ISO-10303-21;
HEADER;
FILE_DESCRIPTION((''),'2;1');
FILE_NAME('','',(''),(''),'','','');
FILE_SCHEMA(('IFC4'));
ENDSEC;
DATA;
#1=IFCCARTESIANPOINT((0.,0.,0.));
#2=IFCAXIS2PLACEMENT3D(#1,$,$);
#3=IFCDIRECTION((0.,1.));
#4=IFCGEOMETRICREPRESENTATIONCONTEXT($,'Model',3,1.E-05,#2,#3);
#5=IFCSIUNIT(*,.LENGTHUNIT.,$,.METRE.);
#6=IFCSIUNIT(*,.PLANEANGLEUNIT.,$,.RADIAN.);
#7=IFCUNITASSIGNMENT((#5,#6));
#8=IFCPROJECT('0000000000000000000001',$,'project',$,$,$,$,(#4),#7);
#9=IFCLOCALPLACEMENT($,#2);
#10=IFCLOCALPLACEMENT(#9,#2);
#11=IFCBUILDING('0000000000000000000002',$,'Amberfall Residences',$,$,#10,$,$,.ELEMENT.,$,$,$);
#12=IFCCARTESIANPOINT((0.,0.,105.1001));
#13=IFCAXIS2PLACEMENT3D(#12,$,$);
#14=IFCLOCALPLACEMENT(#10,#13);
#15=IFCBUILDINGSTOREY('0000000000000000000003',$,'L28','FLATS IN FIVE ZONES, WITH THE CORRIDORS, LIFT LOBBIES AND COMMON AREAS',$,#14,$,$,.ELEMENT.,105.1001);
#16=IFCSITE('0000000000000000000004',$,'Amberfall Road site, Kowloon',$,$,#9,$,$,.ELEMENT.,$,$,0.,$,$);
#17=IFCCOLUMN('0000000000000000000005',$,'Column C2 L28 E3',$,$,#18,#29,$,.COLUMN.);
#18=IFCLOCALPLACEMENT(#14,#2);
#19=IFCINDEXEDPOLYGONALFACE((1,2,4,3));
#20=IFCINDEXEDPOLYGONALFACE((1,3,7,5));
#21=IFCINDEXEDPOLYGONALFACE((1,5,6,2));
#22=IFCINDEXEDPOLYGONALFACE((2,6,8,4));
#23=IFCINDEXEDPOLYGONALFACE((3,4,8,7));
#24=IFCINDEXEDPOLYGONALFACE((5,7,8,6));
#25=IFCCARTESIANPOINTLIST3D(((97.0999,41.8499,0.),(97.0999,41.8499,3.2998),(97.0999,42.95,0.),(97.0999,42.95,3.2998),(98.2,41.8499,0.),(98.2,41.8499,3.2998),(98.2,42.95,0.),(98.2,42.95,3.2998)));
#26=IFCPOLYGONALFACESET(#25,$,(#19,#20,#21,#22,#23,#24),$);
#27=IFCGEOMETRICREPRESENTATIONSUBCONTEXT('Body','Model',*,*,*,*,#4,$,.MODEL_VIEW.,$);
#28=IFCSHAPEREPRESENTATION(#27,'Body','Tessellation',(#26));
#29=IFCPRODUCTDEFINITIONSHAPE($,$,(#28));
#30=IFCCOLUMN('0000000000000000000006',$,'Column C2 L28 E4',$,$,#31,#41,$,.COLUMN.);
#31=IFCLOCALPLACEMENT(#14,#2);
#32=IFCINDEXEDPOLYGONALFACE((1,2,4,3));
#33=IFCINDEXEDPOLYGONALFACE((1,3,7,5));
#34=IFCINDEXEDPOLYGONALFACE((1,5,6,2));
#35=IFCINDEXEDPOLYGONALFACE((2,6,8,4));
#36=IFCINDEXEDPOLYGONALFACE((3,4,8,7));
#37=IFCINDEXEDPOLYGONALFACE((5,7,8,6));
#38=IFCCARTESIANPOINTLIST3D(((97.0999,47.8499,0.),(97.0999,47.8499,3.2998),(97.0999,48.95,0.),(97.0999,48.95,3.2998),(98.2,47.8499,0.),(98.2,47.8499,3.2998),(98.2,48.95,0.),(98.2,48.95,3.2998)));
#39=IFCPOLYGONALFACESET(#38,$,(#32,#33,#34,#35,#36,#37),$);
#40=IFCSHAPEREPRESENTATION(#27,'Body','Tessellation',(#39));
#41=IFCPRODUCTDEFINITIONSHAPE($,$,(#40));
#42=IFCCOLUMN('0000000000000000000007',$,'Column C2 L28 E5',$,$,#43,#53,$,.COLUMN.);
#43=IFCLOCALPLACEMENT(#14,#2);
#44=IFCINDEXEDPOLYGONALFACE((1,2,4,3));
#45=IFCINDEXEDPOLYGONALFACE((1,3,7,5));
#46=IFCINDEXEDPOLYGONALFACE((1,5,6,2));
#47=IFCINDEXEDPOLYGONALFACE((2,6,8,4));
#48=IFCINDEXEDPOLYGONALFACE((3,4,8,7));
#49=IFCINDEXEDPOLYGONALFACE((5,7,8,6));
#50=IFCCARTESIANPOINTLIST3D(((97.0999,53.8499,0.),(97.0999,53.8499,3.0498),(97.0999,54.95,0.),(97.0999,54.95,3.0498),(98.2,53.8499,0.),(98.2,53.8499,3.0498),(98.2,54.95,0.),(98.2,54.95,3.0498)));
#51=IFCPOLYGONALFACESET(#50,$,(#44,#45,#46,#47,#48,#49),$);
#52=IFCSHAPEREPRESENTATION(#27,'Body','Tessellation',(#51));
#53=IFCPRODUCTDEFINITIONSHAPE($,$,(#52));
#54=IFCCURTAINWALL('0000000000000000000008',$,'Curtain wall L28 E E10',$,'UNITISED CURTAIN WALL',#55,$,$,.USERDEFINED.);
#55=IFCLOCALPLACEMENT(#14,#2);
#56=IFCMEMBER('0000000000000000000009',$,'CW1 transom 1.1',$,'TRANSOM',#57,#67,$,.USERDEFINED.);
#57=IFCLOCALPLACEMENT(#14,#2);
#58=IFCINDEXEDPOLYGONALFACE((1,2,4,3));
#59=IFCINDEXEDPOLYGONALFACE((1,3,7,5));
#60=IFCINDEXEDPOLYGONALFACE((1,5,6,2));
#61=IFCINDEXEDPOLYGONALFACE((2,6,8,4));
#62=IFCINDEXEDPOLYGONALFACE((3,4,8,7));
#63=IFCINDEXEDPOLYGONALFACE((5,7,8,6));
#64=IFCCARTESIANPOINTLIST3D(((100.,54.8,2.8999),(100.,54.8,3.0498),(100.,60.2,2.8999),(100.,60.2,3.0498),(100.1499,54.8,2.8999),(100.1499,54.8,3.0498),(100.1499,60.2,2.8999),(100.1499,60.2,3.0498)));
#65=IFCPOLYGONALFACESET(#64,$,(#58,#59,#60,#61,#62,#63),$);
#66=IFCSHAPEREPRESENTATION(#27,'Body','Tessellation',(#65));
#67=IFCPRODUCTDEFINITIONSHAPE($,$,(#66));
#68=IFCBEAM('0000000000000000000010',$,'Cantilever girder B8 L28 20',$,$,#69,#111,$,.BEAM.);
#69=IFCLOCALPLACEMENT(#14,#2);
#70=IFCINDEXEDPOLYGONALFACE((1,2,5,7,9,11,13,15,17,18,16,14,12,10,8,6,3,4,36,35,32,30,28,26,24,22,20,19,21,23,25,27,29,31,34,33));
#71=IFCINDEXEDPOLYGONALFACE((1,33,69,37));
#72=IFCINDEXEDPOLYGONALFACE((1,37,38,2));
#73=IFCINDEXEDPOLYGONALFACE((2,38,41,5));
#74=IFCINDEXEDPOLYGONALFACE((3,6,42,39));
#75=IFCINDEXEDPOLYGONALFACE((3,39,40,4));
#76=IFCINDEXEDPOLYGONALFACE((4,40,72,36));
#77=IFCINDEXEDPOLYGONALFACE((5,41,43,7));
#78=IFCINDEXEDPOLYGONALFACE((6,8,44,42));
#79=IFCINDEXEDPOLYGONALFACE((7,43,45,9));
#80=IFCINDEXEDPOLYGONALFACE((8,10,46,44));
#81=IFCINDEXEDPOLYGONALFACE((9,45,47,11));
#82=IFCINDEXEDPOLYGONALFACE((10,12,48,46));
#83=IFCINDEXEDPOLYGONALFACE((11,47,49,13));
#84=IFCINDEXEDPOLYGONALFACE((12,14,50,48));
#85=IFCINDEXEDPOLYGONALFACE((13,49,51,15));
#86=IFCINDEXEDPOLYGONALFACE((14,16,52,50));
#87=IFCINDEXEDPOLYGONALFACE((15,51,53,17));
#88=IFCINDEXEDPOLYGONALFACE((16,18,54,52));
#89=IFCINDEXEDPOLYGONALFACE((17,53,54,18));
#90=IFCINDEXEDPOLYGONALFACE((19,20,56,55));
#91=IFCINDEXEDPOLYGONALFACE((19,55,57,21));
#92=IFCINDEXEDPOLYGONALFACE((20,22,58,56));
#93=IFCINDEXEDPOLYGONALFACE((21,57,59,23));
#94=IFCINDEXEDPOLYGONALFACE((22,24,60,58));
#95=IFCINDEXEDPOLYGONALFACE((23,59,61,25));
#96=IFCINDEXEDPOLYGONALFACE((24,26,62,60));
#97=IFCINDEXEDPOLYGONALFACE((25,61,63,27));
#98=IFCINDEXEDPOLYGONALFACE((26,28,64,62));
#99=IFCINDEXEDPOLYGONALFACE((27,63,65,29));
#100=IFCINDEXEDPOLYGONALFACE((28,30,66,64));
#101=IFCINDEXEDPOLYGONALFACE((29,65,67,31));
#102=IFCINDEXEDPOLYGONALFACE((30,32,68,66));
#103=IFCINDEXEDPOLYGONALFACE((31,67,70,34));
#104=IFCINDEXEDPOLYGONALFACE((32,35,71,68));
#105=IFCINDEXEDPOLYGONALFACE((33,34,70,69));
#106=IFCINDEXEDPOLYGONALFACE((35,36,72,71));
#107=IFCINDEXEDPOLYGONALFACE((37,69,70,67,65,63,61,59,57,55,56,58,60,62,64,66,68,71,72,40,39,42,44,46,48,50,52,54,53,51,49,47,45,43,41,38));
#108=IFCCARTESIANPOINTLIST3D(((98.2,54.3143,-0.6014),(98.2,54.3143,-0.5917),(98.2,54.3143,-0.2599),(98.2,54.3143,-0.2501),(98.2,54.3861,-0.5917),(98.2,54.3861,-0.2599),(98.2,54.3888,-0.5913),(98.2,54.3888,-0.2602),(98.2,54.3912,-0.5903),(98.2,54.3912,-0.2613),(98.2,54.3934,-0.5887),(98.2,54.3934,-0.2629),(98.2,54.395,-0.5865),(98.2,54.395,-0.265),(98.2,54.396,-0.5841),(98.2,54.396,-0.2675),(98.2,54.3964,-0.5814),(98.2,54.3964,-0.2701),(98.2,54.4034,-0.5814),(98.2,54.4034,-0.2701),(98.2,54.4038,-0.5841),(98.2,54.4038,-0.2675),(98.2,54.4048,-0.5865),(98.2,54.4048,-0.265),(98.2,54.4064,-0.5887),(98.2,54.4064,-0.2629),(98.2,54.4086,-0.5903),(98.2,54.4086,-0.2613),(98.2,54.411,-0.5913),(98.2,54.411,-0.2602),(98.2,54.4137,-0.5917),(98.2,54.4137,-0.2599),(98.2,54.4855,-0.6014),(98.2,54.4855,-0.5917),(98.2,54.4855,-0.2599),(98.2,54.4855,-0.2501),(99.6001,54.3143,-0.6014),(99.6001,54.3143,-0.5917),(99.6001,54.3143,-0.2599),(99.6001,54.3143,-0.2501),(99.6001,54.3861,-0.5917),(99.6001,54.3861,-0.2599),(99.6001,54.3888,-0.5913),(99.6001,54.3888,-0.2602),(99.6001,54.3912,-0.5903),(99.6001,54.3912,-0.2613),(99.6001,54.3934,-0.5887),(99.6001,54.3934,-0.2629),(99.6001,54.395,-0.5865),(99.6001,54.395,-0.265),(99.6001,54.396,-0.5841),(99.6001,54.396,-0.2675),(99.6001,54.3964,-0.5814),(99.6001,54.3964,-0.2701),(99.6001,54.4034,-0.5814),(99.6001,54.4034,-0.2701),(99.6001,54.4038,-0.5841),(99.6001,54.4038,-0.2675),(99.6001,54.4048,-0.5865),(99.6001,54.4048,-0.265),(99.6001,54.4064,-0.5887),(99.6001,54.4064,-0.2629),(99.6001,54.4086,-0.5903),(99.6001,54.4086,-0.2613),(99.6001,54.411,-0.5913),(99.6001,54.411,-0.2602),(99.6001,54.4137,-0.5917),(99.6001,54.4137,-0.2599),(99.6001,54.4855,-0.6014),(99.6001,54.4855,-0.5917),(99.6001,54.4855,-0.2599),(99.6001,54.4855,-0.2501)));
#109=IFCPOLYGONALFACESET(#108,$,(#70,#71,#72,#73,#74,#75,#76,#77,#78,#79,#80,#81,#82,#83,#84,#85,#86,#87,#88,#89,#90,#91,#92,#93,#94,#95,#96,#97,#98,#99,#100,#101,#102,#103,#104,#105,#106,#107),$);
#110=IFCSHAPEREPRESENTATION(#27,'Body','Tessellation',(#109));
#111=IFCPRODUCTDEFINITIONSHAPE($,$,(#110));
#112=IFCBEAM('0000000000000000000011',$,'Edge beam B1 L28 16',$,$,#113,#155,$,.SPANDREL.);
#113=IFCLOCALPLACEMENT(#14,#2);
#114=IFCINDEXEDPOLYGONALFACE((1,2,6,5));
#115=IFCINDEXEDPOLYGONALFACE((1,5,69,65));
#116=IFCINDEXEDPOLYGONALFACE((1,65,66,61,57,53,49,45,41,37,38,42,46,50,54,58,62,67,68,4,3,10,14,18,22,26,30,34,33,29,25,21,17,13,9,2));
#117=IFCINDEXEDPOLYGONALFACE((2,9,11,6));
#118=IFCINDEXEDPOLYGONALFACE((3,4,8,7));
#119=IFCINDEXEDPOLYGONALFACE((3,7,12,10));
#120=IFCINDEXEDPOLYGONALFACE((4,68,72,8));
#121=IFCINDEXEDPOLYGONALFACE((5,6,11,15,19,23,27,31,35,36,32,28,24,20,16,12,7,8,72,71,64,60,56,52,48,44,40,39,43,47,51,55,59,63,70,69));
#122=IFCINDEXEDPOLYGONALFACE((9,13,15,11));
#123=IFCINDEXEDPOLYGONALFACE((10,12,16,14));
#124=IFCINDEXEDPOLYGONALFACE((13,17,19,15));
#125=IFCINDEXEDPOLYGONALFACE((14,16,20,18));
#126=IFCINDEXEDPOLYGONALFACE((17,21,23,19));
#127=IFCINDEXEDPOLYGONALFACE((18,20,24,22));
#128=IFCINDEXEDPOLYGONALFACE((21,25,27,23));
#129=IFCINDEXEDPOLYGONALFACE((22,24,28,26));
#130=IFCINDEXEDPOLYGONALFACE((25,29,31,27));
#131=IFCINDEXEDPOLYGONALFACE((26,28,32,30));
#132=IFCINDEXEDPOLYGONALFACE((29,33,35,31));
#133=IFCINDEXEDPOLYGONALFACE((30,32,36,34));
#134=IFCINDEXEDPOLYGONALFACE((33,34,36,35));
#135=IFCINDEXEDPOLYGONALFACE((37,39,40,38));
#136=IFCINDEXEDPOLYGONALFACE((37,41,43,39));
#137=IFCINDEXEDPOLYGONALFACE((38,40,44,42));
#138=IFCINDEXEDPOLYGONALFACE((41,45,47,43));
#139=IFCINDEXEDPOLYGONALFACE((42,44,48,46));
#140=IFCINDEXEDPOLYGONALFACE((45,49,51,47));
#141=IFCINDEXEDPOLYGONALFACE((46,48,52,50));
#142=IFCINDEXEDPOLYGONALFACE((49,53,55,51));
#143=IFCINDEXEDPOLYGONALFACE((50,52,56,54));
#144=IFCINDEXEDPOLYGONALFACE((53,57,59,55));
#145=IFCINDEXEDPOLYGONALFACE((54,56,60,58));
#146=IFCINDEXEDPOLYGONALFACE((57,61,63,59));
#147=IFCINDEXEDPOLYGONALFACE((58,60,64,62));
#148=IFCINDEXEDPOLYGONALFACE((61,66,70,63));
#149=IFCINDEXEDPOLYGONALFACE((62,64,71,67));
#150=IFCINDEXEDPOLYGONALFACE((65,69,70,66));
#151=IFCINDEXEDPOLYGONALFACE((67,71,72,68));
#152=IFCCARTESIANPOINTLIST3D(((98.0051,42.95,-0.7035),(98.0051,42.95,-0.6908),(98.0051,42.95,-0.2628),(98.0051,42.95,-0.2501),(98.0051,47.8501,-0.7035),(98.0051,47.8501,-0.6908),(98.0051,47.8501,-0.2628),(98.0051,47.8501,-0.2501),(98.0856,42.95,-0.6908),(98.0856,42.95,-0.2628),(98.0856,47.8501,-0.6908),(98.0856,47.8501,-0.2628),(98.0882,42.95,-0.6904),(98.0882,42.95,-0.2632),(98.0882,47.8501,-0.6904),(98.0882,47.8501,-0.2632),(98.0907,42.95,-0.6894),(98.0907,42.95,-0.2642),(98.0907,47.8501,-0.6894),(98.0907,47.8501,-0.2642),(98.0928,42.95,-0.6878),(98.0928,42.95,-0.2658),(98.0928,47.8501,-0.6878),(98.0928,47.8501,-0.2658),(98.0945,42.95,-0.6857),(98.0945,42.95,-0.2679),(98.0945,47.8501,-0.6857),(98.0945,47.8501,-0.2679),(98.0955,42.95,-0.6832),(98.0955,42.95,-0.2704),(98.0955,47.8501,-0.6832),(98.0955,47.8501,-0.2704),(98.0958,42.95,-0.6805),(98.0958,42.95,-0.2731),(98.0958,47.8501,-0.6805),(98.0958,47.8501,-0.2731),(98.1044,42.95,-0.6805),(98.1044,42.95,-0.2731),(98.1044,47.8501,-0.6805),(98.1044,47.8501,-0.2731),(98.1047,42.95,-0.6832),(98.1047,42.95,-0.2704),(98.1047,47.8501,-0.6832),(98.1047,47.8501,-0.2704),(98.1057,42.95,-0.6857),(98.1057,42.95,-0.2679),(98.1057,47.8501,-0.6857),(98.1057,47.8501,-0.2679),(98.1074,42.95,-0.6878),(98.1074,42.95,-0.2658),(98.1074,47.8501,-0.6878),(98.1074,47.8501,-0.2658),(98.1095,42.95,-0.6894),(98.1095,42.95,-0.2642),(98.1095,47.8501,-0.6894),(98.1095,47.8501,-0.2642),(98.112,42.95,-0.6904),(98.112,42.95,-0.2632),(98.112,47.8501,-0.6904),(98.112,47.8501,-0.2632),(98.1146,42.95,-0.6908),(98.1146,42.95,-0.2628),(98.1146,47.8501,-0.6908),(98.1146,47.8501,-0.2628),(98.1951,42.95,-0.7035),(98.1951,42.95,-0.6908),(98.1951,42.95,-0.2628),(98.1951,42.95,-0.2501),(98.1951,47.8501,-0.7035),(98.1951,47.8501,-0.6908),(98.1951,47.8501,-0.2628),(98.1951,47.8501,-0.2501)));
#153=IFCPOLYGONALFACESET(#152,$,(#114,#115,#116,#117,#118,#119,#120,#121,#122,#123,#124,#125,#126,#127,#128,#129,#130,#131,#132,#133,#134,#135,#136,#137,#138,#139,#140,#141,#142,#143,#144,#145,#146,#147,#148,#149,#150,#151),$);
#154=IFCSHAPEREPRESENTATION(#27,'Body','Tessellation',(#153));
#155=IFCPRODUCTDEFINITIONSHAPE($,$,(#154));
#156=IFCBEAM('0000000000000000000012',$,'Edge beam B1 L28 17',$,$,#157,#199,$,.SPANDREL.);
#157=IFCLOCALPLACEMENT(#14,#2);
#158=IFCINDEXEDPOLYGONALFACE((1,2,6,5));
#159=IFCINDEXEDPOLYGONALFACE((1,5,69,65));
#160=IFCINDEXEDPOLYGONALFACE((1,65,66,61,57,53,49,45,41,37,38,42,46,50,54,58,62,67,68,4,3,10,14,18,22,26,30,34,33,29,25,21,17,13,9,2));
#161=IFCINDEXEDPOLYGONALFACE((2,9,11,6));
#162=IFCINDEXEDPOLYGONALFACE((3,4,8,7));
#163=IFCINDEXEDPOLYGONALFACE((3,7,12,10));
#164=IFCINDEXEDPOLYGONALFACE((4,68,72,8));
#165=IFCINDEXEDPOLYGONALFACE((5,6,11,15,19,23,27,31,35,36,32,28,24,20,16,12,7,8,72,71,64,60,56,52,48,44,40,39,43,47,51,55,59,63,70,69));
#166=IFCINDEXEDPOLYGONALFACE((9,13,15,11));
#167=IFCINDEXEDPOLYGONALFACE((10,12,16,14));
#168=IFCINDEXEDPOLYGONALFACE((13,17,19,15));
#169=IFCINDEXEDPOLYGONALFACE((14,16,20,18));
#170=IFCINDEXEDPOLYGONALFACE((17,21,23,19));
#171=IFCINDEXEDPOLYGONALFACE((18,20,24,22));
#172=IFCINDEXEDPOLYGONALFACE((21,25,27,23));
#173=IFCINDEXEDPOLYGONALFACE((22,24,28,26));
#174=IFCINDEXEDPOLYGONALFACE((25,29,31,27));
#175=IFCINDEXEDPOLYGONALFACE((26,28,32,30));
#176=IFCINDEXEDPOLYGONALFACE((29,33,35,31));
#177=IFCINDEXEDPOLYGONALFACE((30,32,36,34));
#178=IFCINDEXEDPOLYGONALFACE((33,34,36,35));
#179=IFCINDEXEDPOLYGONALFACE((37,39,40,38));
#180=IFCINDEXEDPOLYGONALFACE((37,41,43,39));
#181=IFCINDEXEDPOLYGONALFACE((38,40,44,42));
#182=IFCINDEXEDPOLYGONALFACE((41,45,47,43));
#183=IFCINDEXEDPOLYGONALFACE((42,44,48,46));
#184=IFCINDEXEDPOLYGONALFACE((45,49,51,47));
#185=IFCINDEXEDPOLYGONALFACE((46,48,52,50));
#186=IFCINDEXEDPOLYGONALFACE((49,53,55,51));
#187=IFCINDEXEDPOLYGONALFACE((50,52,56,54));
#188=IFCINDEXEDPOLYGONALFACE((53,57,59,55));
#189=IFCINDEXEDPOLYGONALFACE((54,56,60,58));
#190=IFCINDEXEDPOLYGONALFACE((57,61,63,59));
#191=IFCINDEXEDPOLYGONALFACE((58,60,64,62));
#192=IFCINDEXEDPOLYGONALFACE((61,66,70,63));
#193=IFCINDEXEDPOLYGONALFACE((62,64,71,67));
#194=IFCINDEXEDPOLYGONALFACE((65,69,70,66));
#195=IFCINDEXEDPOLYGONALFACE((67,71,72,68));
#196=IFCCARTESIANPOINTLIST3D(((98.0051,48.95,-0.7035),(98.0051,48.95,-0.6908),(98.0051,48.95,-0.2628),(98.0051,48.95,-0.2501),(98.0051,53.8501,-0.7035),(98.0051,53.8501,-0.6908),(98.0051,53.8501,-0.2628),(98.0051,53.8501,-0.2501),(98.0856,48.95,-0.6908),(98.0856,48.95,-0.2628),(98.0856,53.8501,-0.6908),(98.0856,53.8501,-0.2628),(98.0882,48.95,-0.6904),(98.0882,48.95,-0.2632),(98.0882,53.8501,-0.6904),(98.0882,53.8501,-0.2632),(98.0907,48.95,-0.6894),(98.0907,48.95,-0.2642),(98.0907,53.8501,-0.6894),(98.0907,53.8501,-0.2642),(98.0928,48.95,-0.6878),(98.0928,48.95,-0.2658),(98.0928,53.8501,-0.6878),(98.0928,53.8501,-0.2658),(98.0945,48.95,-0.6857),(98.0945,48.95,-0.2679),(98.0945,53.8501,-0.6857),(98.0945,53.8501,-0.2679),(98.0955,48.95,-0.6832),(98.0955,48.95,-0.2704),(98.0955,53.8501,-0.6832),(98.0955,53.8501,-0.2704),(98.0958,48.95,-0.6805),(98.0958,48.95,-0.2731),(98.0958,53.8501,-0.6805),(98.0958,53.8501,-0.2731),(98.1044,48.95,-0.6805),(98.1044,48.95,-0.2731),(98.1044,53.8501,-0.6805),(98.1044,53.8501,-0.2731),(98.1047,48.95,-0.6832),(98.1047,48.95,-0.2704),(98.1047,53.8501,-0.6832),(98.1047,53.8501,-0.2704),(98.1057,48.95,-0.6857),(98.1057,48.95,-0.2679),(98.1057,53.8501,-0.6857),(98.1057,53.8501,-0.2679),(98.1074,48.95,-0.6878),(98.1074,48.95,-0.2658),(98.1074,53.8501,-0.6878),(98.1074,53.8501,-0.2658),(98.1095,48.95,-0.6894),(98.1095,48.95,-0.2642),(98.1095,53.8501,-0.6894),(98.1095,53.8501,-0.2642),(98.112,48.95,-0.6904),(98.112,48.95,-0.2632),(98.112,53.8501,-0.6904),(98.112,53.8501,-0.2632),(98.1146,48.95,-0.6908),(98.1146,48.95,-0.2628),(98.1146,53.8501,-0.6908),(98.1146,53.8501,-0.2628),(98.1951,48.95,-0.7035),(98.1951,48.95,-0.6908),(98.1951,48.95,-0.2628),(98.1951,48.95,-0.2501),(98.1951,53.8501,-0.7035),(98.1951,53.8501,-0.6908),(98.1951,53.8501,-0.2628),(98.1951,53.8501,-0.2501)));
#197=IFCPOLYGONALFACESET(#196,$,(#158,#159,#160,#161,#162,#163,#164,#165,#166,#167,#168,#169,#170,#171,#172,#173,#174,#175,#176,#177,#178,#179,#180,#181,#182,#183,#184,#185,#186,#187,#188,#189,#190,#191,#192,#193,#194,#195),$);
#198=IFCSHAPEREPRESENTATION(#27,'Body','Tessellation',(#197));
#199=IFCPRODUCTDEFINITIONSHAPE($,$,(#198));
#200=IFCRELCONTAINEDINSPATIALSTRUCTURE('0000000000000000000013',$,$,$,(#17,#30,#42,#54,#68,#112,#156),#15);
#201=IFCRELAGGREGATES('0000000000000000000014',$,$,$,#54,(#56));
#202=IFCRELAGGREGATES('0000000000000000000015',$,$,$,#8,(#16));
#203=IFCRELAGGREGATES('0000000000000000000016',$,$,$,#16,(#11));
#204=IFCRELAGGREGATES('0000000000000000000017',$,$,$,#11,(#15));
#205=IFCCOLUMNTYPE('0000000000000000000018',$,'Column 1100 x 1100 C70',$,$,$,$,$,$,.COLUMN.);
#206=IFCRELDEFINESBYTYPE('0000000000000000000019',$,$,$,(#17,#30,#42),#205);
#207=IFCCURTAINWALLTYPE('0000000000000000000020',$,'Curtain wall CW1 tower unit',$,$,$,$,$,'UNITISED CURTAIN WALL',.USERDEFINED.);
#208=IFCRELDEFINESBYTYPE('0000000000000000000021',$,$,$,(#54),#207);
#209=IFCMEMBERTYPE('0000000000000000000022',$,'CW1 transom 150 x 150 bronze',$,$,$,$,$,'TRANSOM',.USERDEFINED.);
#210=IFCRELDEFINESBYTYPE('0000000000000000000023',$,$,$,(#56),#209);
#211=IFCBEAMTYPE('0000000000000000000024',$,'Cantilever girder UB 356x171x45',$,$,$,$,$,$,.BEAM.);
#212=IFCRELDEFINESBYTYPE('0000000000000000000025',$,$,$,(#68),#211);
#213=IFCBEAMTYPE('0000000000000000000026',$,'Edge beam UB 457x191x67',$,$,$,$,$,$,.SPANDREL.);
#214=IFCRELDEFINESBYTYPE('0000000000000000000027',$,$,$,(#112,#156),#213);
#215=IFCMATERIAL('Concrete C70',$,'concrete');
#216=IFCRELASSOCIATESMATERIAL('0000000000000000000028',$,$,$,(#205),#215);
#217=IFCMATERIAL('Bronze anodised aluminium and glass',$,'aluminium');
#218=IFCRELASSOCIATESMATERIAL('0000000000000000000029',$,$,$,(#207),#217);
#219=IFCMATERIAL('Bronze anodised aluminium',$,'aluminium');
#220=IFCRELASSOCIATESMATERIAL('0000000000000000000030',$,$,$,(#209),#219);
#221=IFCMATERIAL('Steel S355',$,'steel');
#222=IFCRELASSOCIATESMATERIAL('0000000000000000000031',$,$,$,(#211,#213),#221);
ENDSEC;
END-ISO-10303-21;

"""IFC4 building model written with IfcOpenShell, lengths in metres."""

from ifc_helpers import new_model, si_unit, direction, frame, origin, origin_2d, place, context, subcontext, project, spatial, rectangle, i_section, extrude, material, material_profile, profile_set, type_object, element, aggregate, save


model = new_model("IFC4")

# Units and contexts
model_context = context("Model", 3, precision=1e-05, world=origin(), true_north=direction((0.0, 1.0)))
body_context = subcontext(model_context, "Body", "Model", "MODEL_VIEW")
ifc_project = project(units=[si_unit("LENGTHUNIT", "METRE"), si_unit("PLANEANGLEUNIT", "RADIAN")], contexts=[model_context])

# Site, building, storey
site_placement = place(None, origin())
site = spatial("IfcSite", under=ifc_project, at=site_placement, Name="Amberfall Road site, Kowloon", CompositionType="ELEMENT", RefElevation=0.0)
building_placement = place(site_placement, origin())
building = spatial("IfcBuilding", under=site, at=building_placement, Name="Amberfall Residences", CompositionType="ELEMENT")
storey_placement = place(building_placement, frame((0.0, 0.0, 105.1001)))
storey = spatial("IfcBuildingStorey", under=building, at=storey_placement, Name="L28", Description="FLATS IN FIVE ZONES, WITH THE CORRIDORS, LIFT LOBBIES AND COMMON AREAS", CompositionType="ELEMENT", Elevation=105.1001)

# Columns
ifc_material_1 = material(Name="Concrete C70", Category="concrete")
ifc_material_profile_1 = material_profile(ifc_material_1, rectangle(XDim=1.1001, YDim=1.1001, at=origin_2d()), Name="Column 1100 x 1100 C70")
ifc_profile_set_1 = profile_set([ifc_material_profile_1], Name="Concrete C70")
column_type = type_object("IfcColumnType", Name="Column 1100 x 1100 C70", PredefinedType="COLUMN", material=ifc_profile_set_1)
for number, where, z_axis, x_axis, name in (
    (1, (97.6499, 42.3999, 0.0), (0.0, 0.0, 1.0), (1.0, 0.0, 0.0), "Column C2 L28 E3"),
    (2, (97.6499, 48.3999, 0.0), (0.0, 0.0, 1.0), (1.0, 0.0, 0.0), "Column C2 L28 E4"),
):
    element("IfcColumn", number, at=place(storey_placement, frame(where, z_axis=z_axis, x_axis=x_axis)), inside=storey, type_object=column_type, Name=name, PredefinedType="COLUMN", context=body_context, shape_type="SweptSolid", body=[
        extrude(rectangle(XDim=1.1001, YDim=1.1001, at=origin_2d()), origin(), (0.0, 0.0, 1.0), 3.2998),
    ])
column_placement = place(storey_placement, frame((97.6499, 54.3999, 0.0), z_axis=(0.0, 0.0, 1.0), x_axis=(1.0, 0.0, 0.0)))
element("IfcColumn", 3, at=column_placement, inside=storey, type_object=column_type, Name="Column C2 L28 E5", PredefinedType="COLUMN", context=body_context, shape_type="SweptSolid", body=[
    extrude(rectangle(XDim=1.1001, YDim=1.1001, at=origin_2d()), origin(), (0.0, 0.0, 1.0), 3.0498),
])

# Curtain wall, member
ifc_material_2 = material(Name="Bronze anodised aluminium and glass", Category="aluminium")
curtain_wall_type = type_object("IfcCurtainWallType", Name="Curtain wall CW1 tower unit", ElementType="UNITISED CURTAIN WALL", PredefinedType="USERDEFINED", material=ifc_material_2)
curtain_wall_placement = place(storey_placement, origin())
curtain_wall = element("IfcCurtainWall", 4, at=curtain_wall_placement, inside=storey, type_object=curtain_wall_type, Name="Curtain wall L28 E E10", ObjectType="UNITISED CURTAIN WALL", PredefinedType="USERDEFINED")
ifc_material_3 = material(Name="Bronze anodised aluminium", Category="aluminium")
ifc_material_profile_2 = material_profile(ifc_material_3, rectangle(XDim=0.1499, YDim=0.1499, at=origin_2d()), Name="CW1 transom 150 x 150 bronze")
ifc_profile_set_2 = profile_set([ifc_material_profile_2], Name="Bronze anodised aluminium")
member_type_1 = type_object("IfcMemberType", Name="CW1 transom 150 x 150 bronze", ElementType="TRANSOM", PredefinedType="USERDEFINED", material=ifc_profile_set_2)
member_1_placement = place(storey_placement, frame((100.075, 54.8, 2.9749), z_axis=(0.0, 1.0, 0.0), x_axis=(-1.0, 0.0, 0.0)))
member_1 = element("IfcMember", 5, at=member_1_placement, type_object=member_type_1, Name="CW1 transom 1.1", ObjectType="TRANSOM", PredefinedType="USERDEFINED", context=body_context, shape_type="SweptSolid", body=[
    extrude(rectangle(XDim=0.1499, YDim=0.1499, at=origin_2d()), origin(), (0.0, 0.0, 1.0), 5.3999),
])

# Beams
ifc_material_4 = material(Name="Steel S355", Category="steel")
ifc_material_profile_3 = material_profile(ifc_material_4, i_section(OverallWidth=0.1711, OverallDepth=0.3513, WebThickness=0.0071, FlangeThickness=0.0098, FilletRadius=0.0103, at=origin_2d()), Name="UB 356x171x45")
ifc_profile_set_3 = profile_set([ifc_material_profile_3], Name="Steel S355")
beam_type_1 = type_object("IfcBeamType", Name="Cantilever girder UB 356x171x45", PredefinedType="BEAM", material=ifc_profile_set_3)
beam_1_placement = place(storey_placement, frame((98.2, 54.3999, -0.4258), z_axis=(1.0, 0.0, 0.0), x_axis=(0.0, 1.0, 0.0)))
element("IfcBeam", 6, at=beam_1_placement, inside=storey, type_object=beam_type_1, Name="Cantilever girder B8 L28 20", PredefinedType="BEAM", context=body_context, shape_type="SweptSolid", body=[
    extrude(i_section(OverallWidth=0.1711, OverallDepth=0.3513, WebThickness=0.0071, FlangeThickness=0.0098, FilletRadius=0.0103, at=origin_2d()), origin(), (0.0, 0.0, 1.0), 1.4001),
])
ifc_material_profile_4 = material_profile(ifc_material_4, i_section(OverallWidth=0.1899, OverallDepth=0.4534, WebThickness=0.0085, FlangeThickness=0.0127, FilletRadius=0.0103, at=origin_2d()), Name="UB 457x191x67")
ifc_profile_set_4 = profile_set([ifc_material_profile_4], Name="Steel S355")
beam_type_2 = type_object("IfcBeamType", Name="Edge beam UB 457x191x67", PredefinedType="SPANDREL", material=ifc_profile_set_4)
for number, where, z_axis, x_axis, name in (
    (7, (98.1001, 42.95, -0.4768), (0.0, 1.0, 0.0), (-1.0, 0.0, 0.0), "Edge beam B1 L28 16"),
    (8, (98.1001, 48.95, -0.4768), (0.0, 1.0, 0.0), (-1.0, 0.0, 0.0), "Edge beam B1 L28 17"),
):
    element("IfcBeam", number, at=place(storey_placement, frame(where, z_axis=z_axis, x_axis=x_axis)), inside=storey, type_object=beam_type_2, Name=name, PredefinedType="SPANDREL", context=body_context, shape_type="SweptSolid", body=[
        extrude(i_section(OverallWidth=0.1899, OverallDepth=0.4534, WebThickness=0.0085, FlangeThickness=0.0127, FilletRadius=0.0103, at=origin_2d()), origin(), (0.0, 0.0, 1.0), 4.9001),
    ])

aggregate(curtain_wall, [member_1])

save(model, "model.ifc")
